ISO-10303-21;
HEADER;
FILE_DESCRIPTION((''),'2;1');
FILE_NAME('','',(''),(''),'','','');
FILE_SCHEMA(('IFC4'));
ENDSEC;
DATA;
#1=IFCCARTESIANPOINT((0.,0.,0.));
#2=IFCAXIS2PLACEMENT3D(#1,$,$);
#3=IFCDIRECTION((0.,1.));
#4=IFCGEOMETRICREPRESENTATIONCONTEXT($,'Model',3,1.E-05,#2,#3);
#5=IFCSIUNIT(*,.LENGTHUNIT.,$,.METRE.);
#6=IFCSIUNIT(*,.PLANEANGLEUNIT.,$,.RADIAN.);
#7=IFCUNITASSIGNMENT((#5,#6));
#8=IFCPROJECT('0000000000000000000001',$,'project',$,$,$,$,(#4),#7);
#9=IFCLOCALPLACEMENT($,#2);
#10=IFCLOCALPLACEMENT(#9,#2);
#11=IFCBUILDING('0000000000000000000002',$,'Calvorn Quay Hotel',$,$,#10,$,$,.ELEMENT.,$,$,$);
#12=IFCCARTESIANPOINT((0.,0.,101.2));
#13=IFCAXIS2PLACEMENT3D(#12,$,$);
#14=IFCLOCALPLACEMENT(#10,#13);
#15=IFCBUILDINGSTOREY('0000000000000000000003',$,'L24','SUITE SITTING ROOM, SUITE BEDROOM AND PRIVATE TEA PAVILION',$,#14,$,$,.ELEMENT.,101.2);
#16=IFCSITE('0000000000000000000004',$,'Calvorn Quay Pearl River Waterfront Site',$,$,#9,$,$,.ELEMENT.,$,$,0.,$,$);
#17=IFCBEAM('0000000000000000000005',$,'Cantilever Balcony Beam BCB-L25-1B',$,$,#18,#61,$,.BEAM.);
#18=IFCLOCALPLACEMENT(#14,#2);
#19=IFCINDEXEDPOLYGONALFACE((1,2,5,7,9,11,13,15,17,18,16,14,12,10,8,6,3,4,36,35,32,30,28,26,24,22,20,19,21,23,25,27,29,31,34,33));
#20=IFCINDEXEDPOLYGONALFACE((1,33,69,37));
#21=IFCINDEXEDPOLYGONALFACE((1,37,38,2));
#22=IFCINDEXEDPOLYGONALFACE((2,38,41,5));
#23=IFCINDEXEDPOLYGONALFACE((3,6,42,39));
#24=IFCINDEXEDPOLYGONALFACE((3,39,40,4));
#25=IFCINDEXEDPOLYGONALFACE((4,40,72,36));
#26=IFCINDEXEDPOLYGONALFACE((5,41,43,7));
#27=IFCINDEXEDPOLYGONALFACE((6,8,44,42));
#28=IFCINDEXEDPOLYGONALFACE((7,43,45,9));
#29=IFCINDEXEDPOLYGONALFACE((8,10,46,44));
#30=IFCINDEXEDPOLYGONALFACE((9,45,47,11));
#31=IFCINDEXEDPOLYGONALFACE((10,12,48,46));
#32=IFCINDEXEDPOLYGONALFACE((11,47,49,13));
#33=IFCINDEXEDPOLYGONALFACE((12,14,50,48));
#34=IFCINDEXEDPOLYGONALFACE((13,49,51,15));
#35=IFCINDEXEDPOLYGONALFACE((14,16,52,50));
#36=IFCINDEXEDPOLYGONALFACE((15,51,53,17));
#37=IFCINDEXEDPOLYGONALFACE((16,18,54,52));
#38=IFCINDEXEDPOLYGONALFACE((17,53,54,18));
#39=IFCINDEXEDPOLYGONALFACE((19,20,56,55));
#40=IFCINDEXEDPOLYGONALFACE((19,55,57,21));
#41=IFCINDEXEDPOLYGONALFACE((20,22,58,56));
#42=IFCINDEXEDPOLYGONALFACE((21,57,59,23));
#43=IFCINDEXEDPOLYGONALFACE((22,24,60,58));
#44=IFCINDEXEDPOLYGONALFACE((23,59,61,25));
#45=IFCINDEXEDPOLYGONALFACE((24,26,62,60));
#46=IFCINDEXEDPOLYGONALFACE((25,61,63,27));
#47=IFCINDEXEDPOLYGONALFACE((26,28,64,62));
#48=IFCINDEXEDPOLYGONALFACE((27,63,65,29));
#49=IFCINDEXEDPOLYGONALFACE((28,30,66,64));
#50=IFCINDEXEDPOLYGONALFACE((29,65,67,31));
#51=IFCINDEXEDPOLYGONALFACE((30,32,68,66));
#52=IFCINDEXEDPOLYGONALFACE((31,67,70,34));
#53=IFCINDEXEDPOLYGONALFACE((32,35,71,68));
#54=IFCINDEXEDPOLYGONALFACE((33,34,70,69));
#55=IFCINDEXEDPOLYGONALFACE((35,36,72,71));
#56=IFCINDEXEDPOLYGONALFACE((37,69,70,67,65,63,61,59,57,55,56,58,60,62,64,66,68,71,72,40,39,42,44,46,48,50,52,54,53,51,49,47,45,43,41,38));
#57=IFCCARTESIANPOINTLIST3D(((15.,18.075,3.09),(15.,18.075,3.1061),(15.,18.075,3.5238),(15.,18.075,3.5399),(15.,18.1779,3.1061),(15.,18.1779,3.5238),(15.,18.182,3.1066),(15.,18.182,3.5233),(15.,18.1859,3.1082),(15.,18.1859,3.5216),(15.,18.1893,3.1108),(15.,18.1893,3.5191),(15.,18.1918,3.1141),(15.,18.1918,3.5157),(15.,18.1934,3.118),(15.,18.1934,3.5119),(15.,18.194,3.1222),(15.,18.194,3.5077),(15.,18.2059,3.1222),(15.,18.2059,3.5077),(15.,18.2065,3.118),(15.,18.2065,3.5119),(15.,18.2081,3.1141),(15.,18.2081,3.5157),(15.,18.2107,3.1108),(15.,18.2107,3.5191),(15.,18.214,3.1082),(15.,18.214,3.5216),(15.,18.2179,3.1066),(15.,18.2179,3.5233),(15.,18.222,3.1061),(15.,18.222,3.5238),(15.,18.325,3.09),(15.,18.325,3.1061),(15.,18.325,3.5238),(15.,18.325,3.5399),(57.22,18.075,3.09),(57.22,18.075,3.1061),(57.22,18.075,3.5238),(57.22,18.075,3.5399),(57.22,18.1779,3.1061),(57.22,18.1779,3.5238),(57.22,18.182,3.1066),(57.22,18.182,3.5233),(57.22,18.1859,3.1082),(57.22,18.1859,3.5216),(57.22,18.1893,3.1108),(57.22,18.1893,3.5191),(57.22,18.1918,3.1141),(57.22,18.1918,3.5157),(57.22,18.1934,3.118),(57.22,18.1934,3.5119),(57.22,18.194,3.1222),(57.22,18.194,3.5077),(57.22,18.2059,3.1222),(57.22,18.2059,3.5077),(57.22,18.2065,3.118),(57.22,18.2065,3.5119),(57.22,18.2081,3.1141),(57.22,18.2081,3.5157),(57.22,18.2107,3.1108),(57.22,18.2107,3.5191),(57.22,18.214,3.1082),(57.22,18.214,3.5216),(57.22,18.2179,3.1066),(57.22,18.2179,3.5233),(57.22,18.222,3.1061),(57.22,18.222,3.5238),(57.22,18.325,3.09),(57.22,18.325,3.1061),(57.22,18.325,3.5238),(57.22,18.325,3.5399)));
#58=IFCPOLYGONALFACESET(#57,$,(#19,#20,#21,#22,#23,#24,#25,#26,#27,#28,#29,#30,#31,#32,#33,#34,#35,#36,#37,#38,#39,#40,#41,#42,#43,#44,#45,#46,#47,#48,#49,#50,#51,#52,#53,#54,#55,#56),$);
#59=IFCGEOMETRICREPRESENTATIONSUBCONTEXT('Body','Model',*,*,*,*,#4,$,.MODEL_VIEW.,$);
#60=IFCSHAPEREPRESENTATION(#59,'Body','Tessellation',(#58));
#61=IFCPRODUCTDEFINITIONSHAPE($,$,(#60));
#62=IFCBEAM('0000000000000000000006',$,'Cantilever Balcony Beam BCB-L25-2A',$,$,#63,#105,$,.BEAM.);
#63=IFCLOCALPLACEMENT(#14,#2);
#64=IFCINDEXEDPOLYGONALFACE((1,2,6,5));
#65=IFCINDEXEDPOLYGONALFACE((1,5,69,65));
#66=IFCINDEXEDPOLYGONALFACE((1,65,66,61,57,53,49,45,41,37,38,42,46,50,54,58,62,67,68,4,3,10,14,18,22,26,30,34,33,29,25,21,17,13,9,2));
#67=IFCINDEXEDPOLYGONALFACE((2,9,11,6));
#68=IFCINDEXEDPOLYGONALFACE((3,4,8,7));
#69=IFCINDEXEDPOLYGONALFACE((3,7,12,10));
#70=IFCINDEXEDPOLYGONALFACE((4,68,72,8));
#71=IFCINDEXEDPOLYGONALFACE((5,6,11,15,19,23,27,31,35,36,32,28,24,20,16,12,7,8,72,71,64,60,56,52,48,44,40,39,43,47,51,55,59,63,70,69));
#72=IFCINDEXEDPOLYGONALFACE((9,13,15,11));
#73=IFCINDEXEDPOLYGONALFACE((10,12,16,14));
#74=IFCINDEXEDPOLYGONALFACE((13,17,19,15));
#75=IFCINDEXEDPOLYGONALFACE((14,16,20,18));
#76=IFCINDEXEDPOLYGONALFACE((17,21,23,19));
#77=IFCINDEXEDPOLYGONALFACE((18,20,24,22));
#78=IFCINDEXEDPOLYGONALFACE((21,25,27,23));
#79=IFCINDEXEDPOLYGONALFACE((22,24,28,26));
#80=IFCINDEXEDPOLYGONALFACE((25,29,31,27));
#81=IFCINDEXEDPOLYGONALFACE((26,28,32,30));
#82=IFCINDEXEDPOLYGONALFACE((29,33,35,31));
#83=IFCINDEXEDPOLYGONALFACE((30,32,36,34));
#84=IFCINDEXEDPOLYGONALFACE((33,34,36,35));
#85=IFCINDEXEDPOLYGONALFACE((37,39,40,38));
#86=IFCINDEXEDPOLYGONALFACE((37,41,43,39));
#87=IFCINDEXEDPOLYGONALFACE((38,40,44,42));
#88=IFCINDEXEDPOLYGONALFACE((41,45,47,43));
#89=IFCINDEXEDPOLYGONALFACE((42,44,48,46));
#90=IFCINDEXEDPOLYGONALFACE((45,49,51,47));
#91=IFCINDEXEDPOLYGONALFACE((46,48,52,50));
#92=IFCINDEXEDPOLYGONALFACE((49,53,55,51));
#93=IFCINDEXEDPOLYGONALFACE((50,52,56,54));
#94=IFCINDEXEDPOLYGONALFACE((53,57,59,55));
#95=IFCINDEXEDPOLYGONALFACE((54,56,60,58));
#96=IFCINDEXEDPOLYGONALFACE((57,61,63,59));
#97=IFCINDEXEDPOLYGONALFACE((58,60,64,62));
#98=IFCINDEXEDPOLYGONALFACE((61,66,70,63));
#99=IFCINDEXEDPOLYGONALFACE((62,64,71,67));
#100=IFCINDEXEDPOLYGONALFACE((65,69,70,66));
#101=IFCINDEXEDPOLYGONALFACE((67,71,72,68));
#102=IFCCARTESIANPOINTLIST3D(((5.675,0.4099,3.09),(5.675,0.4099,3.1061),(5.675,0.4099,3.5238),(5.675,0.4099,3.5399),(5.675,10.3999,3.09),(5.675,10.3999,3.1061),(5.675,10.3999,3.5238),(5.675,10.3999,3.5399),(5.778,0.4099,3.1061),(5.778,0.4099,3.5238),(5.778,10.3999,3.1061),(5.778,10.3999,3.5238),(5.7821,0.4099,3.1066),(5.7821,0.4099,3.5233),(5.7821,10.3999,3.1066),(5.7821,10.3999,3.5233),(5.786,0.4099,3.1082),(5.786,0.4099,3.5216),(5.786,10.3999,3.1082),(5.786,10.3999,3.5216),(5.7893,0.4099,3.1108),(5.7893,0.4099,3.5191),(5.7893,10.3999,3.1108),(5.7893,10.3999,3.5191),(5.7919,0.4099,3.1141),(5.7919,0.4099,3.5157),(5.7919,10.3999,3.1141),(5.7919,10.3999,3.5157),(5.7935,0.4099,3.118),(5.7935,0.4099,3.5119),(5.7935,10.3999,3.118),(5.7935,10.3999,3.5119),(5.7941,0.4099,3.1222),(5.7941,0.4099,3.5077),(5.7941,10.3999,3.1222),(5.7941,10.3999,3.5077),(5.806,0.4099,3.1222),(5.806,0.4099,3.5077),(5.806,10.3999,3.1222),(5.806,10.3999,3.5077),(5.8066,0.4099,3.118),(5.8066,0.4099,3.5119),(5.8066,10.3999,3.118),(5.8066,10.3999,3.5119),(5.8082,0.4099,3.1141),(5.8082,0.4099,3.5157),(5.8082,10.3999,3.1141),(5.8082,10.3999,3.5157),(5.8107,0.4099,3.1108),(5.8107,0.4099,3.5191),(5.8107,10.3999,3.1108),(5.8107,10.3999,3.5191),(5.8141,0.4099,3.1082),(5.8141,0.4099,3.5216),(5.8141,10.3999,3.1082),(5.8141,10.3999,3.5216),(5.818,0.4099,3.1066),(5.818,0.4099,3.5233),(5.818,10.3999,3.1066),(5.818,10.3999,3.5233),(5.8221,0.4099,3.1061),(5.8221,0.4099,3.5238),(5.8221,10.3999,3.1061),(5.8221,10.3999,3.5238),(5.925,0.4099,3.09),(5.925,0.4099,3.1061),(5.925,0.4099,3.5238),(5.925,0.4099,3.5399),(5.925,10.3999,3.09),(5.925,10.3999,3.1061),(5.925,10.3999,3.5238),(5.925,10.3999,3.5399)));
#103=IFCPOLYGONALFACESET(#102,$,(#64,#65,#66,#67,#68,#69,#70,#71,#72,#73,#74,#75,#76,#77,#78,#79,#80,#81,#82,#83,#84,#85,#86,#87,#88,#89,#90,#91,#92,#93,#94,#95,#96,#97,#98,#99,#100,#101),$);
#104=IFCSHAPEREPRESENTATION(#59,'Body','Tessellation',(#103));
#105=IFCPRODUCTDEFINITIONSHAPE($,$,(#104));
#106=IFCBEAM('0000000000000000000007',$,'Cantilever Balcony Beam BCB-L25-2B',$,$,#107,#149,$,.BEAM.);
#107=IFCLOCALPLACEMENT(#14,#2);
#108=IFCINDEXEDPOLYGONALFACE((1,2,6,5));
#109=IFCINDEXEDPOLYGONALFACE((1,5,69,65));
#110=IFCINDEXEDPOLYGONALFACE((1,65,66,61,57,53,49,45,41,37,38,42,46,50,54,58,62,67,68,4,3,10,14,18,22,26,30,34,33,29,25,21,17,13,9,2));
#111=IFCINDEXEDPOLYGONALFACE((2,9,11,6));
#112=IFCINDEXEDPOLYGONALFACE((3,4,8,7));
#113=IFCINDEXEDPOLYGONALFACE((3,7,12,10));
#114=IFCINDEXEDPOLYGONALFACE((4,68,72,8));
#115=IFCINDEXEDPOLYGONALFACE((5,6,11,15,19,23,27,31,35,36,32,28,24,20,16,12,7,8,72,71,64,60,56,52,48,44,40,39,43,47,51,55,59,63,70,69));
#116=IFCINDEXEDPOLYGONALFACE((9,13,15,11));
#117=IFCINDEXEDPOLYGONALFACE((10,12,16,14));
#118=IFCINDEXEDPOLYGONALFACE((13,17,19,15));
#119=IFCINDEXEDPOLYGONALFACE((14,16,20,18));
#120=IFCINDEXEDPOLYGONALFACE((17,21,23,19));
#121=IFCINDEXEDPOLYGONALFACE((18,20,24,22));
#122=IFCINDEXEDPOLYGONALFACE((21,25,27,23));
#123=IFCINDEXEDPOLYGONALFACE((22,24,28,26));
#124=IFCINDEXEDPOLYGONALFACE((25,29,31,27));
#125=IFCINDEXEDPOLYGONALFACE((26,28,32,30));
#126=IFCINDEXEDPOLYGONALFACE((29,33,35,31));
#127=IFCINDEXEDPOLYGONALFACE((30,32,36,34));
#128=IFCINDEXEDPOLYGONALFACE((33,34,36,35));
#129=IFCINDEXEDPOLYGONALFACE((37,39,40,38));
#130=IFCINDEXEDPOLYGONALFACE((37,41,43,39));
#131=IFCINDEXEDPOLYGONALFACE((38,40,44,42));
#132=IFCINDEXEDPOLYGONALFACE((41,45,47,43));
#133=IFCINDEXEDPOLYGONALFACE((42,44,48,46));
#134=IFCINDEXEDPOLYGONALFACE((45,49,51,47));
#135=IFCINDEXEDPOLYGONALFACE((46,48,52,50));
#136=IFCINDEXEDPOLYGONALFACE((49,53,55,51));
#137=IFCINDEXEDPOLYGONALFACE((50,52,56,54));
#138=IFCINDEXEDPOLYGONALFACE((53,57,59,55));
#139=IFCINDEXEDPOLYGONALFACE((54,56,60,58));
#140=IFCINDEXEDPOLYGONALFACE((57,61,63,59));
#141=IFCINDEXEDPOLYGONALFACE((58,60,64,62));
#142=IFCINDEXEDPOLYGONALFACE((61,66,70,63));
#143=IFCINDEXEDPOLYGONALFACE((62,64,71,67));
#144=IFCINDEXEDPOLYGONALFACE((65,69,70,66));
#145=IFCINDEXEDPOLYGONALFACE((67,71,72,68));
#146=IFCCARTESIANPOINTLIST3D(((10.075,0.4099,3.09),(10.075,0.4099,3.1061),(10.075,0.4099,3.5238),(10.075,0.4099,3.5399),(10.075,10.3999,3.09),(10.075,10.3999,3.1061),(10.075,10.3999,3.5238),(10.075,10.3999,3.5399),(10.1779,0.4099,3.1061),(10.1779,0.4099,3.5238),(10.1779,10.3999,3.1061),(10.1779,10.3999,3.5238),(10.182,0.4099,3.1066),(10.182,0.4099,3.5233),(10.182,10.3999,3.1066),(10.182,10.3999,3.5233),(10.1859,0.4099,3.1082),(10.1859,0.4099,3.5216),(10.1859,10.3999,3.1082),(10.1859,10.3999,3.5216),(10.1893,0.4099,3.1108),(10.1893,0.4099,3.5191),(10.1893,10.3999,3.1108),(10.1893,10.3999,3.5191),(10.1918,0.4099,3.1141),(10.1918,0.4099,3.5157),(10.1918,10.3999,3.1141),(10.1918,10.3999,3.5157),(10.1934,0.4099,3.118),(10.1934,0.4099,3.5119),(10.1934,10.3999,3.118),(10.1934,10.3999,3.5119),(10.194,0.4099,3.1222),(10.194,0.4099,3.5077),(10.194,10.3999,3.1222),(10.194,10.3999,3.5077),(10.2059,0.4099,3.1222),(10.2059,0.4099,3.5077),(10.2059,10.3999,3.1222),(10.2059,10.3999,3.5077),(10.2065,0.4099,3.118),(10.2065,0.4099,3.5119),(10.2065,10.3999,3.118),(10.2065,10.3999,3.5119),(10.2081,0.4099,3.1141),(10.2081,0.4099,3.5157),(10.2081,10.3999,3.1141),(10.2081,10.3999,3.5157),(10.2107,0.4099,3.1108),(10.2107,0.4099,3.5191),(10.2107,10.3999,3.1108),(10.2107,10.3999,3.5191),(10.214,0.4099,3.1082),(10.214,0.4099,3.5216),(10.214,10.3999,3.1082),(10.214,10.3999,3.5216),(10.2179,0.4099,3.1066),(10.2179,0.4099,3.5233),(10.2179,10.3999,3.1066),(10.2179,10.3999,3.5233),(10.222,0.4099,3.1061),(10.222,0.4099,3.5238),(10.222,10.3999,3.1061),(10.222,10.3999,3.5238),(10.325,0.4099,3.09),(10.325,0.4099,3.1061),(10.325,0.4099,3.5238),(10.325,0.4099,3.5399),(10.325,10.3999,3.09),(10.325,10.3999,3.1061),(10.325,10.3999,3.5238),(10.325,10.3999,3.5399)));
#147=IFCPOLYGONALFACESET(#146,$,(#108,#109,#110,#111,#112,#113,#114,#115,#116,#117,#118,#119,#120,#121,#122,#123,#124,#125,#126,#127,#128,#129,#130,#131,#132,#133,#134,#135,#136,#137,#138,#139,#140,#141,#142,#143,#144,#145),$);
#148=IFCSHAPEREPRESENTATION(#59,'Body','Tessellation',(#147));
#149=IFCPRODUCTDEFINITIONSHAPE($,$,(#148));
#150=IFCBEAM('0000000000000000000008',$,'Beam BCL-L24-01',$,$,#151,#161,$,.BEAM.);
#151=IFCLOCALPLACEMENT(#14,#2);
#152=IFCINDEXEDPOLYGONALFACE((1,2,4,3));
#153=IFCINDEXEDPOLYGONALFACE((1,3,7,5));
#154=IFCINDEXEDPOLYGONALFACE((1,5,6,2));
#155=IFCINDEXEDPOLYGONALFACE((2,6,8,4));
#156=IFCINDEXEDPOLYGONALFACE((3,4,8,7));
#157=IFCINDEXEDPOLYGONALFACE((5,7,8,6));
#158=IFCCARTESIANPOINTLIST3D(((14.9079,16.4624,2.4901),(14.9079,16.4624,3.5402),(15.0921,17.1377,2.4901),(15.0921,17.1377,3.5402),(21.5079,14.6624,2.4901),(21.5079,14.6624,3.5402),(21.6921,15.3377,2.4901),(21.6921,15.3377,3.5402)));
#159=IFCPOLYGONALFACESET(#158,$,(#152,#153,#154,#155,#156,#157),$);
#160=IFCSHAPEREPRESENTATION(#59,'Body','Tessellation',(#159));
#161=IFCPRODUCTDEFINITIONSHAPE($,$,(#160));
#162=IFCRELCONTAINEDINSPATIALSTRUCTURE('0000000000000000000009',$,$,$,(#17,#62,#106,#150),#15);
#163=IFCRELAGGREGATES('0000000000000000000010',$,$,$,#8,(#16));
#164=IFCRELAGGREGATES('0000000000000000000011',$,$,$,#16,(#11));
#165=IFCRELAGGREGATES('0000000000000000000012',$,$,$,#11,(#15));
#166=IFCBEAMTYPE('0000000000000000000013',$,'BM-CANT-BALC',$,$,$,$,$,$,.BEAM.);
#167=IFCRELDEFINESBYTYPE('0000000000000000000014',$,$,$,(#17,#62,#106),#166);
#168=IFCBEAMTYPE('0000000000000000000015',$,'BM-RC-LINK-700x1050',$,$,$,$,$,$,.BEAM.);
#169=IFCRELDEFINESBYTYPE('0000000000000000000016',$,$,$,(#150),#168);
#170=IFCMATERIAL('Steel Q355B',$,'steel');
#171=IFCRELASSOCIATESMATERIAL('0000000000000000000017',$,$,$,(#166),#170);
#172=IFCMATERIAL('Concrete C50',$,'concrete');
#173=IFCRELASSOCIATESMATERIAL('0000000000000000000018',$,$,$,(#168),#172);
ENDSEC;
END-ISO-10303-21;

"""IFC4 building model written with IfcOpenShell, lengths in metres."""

from ifc_helpers import new_model, si_unit, direction, frame, origin, origin_2d, place, context, subcontext, project, spatial, rectangle, i_section, extrude, material, material_profile, profile_set, type_object, element, save


model = new_model("IFC4")

# Units and contexts
model_context = context("Model", 3, precision=1e-05, world=origin(), true_north=direction((0.0, 1.0)))
body_context = subcontext(model_context, "Body", "Model", "MODEL_VIEW")
ifc_project = project(units=[si_unit("LENGTHUNIT", "METRE"), si_unit("PLANEANGLEUNIT", "RADIAN")], contexts=[model_context])

# Site, building, storey
site_placement = place(None, origin())
site = spatial("IfcSite", under=ifc_project, at=site_placement, Name="Calvorn Quay Pearl River Waterfront Site", CompositionType="ELEMENT", RefElevation=0.0)
building_placement = place(site_placement, origin())
building = spatial("IfcBuilding", under=site, at=building_placement, Name="Calvorn Quay Hotel", CompositionType="ELEMENT")
storey_placement = place(building_placement, frame((0.0, 0.0, 101.2)))
storey = spatial("IfcBuildingStorey", under=building, at=storey_placement, Name="L24", Description="SUITE SITTING ROOM, SUITE BEDROOM AND PRIVATE TEA PAVILION", CompositionType="ELEMENT", Elevation=101.2)

# Beams
ifc_material_1 = material(Name="Steel Q355B", Category="steel")
ifc_material_profile_1 = material_profile(ifc_material_1, i_section(OverallWidth=0.25, OverallDepth=0.45, WebThickness=0.012, FlangeThickness=0.0161, FilletRadius=0.0161, at=origin_2d()), Name="HN450x250x12x16")
ifc_profile_set_1 = profile_set([ifc_material_profile_1], Name="Steel Q355B")
beam_type_1 = type_object("IfcBeamType", Name="BM-CANT-BALC", PredefinedType="BEAM", material=ifc_profile_set_1)
beam_1_placement = place(storey_placement, frame((15.0, 18.2, 3.3149), z_axis=(1.0, 0.0, 0.0), x_axis=(0.0, 1.0, 0.0)))
element("IfcBeam", 1, at=beam_1_placement, inside=storey, type_object=beam_type_1, Name="Cantilever Balcony Beam BCB-L25-1B", PredefinedType="BEAM", context=body_context, shape_type="SweptSolid", body=[
    extrude(i_section(OverallWidth=0.25, OverallDepth=0.45, WebThickness=0.012, FlangeThickness=0.0161, FilletRadius=0.0161, at=origin_2d()), origin(), (0.0, 0.0, 1.0), 42.22),
])
for number, where, z_axis, x_axis, name in (
    (2, (5.8, 10.3999, 3.3149), (0.0, -1.0, 0.0), (1.0, 0.0, 0.0), "Cantilever Balcony Beam BCB-L25-2A"),
    (3, (10.2, 10.3999, 3.3149), (0.0, -1.0, 0.0), (1.0, 0.0, 0.0), "Cantilever Balcony Beam BCB-L25-2B"),
):
    element("IfcBeam", number, at=place(storey_placement, frame(where, z_axis=z_axis, x_axis=x_axis)), inside=storey, type_object=beam_type_1, Name=name, PredefinedType="BEAM", context=body_context, shape_type="SweptSolid", body=[
        extrude(i_section(OverallWidth=0.25, OverallDepth=0.45, WebThickness=0.012, FlangeThickness=0.0161, FilletRadius=0.0161, at=origin_2d()), origin(), (0.0, 0.0, 1.0), 9.99),
    ])
ifc_material_2 = material(Name="Concrete C50", Category="concrete")
ifc_material_profile_2 = material_profile(ifc_material_2, rectangle(XDim=0.7, YDim=1.05, at=origin_2d()), Name="RCB700x1050")
ifc_profile_set_2 = profile_set([ifc_material_profile_2], Name="Concrete C50")
beam_type_2 = type_object("IfcBeamType", Name="BM-RC-LINK-700x1050", PredefinedType="BEAM", material=ifc_profile_set_2)
beam_2_placement = place(storey_placement, frame((15.0, 16.8, 3.0151), z_axis=(0.964763, -0.26312, 0.0), x_axis=(0.26312, 0.964763, 0.0)))
element("IfcBeam", 4, at=beam_2_placement, inside=storey, type_object=beam_type_2, Name="Beam BCL-L24-01", PredefinedType="BEAM", context=body_context, shape_type="SweptSolid", body=[
    extrude(rectangle(XDim=0.7, YDim=1.05, at=origin_2d()), origin(), (0.0, 0.0, 1.0), 6.8411),
])

save(model, "model.ifc")
